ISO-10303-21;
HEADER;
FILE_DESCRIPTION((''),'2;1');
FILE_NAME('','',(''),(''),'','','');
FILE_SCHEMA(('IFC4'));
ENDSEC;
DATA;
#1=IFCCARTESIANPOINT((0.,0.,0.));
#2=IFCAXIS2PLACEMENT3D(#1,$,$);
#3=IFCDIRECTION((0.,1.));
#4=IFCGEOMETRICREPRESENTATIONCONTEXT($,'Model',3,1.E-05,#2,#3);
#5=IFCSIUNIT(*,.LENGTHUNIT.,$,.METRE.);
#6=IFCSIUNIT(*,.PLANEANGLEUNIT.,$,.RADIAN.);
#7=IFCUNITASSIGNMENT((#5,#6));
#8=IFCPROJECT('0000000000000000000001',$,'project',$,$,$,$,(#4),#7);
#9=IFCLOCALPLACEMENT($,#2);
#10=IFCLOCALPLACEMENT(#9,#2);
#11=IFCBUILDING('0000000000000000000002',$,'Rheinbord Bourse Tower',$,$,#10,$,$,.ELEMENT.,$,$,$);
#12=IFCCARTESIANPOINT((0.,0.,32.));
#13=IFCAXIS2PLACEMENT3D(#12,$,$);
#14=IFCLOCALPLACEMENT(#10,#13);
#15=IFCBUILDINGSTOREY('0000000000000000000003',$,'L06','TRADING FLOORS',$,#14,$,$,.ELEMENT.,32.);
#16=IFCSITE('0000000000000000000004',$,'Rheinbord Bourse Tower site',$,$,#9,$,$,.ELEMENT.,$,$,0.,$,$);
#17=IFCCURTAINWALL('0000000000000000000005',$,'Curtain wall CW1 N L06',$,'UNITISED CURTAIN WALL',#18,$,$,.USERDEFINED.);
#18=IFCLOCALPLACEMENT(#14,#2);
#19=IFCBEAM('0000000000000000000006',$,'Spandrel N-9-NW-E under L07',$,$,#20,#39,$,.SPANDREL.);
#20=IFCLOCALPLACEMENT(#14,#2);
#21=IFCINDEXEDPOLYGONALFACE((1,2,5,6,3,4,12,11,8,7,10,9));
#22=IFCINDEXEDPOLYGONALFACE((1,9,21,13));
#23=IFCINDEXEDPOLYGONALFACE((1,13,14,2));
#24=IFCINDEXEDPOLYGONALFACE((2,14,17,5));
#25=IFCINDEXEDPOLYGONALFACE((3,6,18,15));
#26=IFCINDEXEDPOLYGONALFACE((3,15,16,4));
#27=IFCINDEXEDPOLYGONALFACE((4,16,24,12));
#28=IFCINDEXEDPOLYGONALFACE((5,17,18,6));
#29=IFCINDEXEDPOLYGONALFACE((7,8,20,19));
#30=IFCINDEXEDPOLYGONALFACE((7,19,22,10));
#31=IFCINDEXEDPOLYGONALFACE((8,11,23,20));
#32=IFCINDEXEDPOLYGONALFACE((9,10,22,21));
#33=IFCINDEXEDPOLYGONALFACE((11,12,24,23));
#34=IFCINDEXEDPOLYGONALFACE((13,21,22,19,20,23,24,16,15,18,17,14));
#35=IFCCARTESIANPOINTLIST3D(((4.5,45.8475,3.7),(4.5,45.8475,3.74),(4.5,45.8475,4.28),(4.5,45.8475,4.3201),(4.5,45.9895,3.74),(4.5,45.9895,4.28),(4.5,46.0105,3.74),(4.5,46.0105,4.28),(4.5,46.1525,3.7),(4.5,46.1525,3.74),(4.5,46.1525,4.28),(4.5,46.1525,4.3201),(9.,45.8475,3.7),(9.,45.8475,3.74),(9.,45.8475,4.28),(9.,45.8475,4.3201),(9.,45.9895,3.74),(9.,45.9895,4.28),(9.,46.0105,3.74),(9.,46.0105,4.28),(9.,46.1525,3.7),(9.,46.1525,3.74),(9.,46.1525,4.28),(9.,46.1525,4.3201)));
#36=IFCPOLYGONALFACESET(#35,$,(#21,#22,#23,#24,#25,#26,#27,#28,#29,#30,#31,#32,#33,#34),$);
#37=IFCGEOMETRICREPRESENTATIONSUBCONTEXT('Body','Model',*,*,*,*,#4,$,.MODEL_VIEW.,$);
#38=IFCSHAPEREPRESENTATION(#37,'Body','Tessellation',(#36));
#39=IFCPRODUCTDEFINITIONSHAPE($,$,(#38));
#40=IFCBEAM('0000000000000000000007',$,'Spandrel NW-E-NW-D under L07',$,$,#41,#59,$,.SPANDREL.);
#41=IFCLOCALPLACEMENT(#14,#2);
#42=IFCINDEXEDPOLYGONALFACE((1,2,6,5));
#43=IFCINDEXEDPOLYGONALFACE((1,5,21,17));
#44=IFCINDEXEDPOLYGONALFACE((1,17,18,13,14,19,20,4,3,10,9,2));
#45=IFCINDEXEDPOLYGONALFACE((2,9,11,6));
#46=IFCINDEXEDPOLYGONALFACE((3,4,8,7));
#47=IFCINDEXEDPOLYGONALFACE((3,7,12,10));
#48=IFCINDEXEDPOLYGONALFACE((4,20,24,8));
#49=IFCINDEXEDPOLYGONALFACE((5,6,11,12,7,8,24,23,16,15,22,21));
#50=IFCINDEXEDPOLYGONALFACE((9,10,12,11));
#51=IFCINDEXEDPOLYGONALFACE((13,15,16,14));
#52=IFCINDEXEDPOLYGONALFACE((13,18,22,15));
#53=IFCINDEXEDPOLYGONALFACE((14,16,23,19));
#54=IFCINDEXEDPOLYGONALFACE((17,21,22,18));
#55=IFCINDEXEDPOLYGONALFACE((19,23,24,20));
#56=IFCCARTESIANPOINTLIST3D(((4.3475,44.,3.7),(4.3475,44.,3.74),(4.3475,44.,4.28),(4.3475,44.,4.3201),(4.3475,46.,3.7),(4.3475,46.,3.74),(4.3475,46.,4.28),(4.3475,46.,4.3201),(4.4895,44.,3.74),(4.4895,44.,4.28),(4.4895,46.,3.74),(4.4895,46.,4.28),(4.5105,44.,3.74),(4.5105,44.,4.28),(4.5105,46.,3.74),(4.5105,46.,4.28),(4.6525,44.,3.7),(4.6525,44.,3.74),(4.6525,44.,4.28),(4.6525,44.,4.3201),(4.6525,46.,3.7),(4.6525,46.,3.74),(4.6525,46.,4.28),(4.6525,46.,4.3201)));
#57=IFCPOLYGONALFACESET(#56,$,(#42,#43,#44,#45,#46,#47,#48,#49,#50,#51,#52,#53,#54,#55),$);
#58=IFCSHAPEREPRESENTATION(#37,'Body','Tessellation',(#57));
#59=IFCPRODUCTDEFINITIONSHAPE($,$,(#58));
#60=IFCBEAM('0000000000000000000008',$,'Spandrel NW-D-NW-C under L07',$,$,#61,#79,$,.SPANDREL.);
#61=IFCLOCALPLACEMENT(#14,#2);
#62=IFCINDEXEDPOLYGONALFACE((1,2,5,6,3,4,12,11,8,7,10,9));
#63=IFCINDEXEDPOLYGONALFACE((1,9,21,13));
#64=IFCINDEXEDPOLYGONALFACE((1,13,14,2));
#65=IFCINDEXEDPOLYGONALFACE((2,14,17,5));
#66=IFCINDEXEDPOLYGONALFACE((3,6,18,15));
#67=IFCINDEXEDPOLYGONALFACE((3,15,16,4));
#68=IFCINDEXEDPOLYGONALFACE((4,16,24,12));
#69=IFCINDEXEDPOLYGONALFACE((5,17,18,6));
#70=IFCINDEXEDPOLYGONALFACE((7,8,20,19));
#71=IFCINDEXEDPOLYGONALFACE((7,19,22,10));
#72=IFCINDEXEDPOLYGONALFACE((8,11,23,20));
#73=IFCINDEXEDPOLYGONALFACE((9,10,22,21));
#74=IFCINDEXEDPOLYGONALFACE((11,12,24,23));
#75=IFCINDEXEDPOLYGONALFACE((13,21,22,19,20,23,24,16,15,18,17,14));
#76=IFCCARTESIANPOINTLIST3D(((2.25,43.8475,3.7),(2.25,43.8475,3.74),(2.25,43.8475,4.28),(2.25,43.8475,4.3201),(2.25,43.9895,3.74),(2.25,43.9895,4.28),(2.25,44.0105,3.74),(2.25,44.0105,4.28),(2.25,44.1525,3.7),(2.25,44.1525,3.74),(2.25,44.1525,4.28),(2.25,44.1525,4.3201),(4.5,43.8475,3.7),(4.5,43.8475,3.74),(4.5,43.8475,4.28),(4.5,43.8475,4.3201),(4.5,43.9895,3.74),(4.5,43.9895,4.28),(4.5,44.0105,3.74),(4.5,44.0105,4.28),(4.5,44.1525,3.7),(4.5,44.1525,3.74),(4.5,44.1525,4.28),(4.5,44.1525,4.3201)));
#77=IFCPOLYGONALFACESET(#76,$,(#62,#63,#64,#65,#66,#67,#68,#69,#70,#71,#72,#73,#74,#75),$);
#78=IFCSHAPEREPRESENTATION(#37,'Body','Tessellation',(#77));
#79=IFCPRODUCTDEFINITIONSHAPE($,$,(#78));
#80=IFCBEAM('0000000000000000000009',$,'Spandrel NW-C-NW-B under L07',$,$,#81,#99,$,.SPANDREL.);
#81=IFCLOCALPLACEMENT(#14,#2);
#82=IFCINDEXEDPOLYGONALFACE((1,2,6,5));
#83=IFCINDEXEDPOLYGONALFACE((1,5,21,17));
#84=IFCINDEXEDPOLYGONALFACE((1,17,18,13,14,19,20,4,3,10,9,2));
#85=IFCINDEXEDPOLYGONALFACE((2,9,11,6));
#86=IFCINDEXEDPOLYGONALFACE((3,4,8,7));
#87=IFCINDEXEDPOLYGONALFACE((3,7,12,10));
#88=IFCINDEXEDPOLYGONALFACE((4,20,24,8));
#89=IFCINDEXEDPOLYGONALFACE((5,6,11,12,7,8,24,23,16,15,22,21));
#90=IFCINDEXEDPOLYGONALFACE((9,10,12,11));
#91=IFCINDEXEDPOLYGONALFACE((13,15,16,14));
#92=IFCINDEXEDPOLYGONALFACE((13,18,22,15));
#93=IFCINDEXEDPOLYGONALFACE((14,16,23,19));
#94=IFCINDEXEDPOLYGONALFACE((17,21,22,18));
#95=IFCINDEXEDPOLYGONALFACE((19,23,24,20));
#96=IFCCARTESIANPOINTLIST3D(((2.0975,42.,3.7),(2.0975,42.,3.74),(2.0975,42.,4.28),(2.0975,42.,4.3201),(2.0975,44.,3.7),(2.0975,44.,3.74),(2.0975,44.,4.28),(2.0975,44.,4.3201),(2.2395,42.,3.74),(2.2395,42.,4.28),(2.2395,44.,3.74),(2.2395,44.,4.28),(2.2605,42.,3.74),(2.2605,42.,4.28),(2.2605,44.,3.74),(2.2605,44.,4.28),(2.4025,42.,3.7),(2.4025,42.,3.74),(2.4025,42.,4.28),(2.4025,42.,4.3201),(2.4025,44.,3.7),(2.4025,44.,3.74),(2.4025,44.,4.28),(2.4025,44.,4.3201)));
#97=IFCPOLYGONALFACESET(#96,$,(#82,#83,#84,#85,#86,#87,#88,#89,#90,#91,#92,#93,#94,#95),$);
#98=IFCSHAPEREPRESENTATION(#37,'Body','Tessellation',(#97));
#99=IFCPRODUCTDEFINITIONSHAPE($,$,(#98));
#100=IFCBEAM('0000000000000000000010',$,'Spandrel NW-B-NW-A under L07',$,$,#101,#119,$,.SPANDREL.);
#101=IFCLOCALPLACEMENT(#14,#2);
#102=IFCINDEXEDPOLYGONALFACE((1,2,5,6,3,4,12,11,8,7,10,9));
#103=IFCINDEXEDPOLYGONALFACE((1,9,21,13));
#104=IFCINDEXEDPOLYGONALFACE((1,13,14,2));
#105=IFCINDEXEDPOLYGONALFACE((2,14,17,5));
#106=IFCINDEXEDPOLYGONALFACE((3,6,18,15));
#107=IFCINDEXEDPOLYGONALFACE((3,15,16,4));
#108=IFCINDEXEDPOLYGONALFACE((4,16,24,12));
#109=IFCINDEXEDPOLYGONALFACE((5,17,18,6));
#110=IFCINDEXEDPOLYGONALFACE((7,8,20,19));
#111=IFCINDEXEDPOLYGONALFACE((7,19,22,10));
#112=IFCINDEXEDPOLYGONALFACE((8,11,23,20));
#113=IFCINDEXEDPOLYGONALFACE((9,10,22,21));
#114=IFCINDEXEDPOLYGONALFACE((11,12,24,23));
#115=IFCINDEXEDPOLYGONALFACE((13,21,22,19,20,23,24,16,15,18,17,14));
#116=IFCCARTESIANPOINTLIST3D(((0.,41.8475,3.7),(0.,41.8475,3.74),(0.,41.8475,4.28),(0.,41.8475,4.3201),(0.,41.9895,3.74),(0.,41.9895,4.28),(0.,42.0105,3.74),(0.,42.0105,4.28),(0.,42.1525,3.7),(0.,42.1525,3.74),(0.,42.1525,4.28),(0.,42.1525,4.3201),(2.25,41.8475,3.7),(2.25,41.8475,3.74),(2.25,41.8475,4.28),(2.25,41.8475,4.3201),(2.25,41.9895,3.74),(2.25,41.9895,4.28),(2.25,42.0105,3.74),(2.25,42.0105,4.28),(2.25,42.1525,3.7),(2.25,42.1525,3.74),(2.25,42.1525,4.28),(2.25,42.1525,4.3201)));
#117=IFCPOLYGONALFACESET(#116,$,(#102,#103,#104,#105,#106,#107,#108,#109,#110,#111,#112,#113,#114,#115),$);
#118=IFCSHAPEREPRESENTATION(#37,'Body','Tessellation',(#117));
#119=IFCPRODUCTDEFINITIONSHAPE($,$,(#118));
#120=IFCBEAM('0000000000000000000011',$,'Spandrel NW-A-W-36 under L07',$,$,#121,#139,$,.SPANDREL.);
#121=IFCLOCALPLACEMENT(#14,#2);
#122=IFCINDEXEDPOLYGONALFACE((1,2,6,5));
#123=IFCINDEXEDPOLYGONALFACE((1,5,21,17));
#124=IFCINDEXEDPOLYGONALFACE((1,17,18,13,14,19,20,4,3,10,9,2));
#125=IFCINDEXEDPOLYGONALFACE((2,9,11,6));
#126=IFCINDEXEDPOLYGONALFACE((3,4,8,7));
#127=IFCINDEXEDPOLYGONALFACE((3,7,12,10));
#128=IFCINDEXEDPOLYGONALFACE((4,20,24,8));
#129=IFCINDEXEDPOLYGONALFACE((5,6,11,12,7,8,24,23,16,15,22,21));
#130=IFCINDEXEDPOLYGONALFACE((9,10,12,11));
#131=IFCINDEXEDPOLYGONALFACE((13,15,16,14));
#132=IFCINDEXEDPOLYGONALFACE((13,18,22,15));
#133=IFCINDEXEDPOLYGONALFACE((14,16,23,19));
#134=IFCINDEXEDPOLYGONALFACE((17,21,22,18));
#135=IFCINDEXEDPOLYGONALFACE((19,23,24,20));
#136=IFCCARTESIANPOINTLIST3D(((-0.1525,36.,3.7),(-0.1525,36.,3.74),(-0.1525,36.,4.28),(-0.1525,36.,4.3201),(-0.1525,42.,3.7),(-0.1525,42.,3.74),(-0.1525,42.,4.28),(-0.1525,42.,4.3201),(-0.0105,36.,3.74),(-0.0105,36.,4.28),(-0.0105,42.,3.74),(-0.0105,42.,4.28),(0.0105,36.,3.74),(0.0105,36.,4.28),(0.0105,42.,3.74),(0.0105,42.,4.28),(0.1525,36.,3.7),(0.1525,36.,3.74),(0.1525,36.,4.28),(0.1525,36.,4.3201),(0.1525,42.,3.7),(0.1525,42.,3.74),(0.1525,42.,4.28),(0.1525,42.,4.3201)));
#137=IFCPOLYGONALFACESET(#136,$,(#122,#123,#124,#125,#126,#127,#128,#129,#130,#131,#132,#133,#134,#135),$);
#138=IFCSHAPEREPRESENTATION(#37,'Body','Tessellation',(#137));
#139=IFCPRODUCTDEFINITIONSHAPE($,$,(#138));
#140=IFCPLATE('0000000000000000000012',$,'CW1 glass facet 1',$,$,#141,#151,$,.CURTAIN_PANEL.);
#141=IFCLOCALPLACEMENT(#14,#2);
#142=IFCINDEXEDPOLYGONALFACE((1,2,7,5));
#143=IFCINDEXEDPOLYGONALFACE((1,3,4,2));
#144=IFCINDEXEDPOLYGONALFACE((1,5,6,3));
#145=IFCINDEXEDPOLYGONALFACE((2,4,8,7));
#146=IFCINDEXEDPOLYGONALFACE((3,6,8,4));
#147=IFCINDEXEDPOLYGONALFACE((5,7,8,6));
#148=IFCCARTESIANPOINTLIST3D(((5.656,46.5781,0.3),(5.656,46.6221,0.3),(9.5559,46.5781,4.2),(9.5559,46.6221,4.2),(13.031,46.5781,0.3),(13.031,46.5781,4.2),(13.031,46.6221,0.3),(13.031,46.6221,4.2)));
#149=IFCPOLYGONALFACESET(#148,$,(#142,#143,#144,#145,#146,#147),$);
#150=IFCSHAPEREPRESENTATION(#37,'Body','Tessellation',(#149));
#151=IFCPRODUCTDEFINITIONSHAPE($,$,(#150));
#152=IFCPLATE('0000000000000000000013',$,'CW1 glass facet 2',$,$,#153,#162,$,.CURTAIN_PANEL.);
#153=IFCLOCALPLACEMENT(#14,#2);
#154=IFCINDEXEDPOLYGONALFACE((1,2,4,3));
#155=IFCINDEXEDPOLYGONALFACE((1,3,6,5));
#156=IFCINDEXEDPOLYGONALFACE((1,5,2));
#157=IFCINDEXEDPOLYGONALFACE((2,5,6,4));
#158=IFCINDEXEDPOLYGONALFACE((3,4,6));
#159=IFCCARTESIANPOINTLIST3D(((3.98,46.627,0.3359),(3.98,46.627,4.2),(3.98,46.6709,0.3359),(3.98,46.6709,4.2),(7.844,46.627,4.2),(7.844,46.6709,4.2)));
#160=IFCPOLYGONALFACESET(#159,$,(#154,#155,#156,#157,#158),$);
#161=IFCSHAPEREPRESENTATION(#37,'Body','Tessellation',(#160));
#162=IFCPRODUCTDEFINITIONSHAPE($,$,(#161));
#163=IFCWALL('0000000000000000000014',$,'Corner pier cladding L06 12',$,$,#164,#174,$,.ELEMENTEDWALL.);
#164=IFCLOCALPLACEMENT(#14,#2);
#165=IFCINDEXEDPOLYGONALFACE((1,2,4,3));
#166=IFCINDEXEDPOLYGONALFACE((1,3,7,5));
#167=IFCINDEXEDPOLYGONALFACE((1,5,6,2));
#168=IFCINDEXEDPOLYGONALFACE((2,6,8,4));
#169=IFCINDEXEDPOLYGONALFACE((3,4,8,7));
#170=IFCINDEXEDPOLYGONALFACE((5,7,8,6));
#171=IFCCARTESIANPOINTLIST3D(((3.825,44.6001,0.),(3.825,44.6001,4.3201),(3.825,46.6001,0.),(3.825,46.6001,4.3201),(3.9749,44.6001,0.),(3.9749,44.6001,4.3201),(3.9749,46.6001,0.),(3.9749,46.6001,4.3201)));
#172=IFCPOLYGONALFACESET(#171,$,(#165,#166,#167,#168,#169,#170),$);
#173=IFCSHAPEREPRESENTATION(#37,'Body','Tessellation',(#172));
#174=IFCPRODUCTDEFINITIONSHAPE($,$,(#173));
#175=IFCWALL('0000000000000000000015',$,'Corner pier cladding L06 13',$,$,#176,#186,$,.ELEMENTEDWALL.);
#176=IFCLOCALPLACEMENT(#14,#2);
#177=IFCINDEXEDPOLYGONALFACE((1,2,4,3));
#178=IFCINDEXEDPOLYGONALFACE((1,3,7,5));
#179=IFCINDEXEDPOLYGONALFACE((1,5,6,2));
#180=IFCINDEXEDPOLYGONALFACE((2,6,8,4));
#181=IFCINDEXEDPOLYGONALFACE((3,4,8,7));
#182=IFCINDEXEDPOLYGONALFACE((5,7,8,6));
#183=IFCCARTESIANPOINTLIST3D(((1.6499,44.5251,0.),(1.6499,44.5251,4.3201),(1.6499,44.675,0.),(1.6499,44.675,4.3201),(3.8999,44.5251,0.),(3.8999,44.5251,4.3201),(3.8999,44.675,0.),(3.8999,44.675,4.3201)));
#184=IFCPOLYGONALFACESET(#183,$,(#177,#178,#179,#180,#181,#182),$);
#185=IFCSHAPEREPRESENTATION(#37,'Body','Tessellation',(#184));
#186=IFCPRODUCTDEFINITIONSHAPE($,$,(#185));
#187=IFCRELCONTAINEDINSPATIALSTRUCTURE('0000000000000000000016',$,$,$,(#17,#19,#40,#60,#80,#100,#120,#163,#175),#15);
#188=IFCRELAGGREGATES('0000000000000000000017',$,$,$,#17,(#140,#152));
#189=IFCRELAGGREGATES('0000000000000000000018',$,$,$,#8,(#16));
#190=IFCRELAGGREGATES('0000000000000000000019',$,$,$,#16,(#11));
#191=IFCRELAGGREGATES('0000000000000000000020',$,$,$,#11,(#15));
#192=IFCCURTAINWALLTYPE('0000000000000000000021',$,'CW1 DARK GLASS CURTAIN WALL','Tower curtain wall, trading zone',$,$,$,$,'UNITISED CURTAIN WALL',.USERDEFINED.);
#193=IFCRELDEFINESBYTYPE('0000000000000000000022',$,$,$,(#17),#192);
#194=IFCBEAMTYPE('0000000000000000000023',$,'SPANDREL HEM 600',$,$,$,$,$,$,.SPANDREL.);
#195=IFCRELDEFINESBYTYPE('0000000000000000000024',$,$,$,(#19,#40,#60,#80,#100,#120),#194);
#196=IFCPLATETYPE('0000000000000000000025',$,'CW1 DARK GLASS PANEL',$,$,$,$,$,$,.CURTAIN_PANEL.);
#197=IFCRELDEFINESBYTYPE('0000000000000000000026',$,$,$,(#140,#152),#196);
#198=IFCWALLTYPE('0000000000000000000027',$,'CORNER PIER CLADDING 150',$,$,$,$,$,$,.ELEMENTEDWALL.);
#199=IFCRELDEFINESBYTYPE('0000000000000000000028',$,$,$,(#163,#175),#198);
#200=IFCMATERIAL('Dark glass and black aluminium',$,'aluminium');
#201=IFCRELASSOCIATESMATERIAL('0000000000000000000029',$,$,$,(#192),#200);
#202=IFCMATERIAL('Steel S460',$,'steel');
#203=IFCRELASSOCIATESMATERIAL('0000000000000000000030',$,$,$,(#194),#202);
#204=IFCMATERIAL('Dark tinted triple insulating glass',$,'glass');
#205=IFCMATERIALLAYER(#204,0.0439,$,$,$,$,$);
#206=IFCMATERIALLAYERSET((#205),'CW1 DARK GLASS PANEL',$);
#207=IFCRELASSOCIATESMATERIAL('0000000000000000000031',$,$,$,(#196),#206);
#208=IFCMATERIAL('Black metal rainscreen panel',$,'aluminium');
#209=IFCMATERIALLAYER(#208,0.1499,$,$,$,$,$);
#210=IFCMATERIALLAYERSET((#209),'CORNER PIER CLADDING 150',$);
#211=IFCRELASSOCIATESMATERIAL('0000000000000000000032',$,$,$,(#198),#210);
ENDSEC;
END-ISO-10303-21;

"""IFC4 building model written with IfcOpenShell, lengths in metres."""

from ifc_helpers import new_model, si_unit, direction, frame, frame_2d, origin, origin_2d, place, context, subcontext, project, spatial, polyline, rectangle, i_section, outline, extrude, material, layer, layer_set, material_profile, profile_set, type_object, element, aggregate, save


model = new_model("IFC4")

# Units and contexts
model_context = context("Model", 3, precision=1e-05, world=origin(), true_north=direction((0.0, 1.0)))
body_context = subcontext(model_context, "Body", "Model", "MODEL_VIEW")
ifc_project = project(units=[si_unit("LENGTHUNIT", "METRE"), si_unit("PLANEANGLEUNIT", "RADIAN")], contexts=[model_context])

# Site, building, storey
site_placement = place(None, origin())
site = spatial("IfcSite", under=ifc_project, at=site_placement, Name="Rheinbord Bourse Tower site", CompositionType="ELEMENT", RefElevation=0.0)
building_placement = place(site_placement, origin())
building = spatial("IfcBuilding", under=site, at=building_placement, Name="Rheinbord Bourse Tower", CompositionType="ELEMENT")
storey_placement = place(building_placement, frame((0.0, 0.0, 32.0)))
storey = spatial("IfcBuildingStorey", under=building, at=storey_placement, Name="L06", Description="TRADING FLOORS", CompositionType="ELEMENT", Elevation=32.0)

# Curtain wall
ifc_material_1 = material(Name="Dark glass and black aluminium", Category="aluminium")
curtain_wall_type = type_object("IfcCurtainWallType", Name="CW1 DARK GLASS CURTAIN WALL", Description="Tower curtain wall, trading zone", ElementType="UNITISED CURTAIN WALL", PredefinedType="USERDEFINED", material=ifc_material_1)
curtain_wall_1_placement = place(storey_placement, origin())
curtain_wall_1 = element("IfcCurtainWall", 1, at=curtain_wall_1_placement, inside=storey, type_object=curtain_wall_type, Name="Curtain wall CW1 N L06", ObjectType="UNITISED CURTAIN WALL", PredefinedType="USERDEFINED")

# Beams
ifc_material_2 = material(Name="Steel S460", Category="steel")
ifc_material_profile_1 = material_profile(ifc_material_2, i_section(OverallWidth=0.3049, OverallDepth=0.6201, WebThickness=0.021, FlangeThickness=0.04, at=origin_2d()), Name="HEM 600")
ifc_profile_set_1 = profile_set([ifc_material_profile_1], Name="Steel S460")
beam_type_1 = type_object("IfcBeamType", Name="SPANDREL HEM 600", PredefinedType="SPANDREL", material=ifc_profile_set_1)
for number, where, z_axis, x_axis, name in (
    (2, (9.0, 46.0, 4.01), (-1.0, 0.0, 0.0), (0.0, -1.0, 0.0), "Spandrel N-9-NW-E under L07"),
):
    element("IfcBeam", number, at=place(storey_placement, frame(where, z_axis=z_axis, x_axis=x_axis)), inside=storey, type_object=beam_type_1, Name=name, PredefinedType="SPANDREL", context=body_context, shape_type="SweptSolid", body=[
        extrude(i_section(OverallWidth=0.3049, OverallDepth=0.6201, WebThickness=0.021, FlangeThickness=0.04, at=origin_2d()), origin(), (0.0, 0.0, 1.0), 4.5),
    ])
beam_1_placement = place(storey_placement, frame((4.5, 46.0, 4.01), z_axis=(0.0, -1.0, 0.0), x_axis=(1.0, 0.0, 0.0)))
element("IfcBeam", 3, at=beam_1_placement, inside=storey, type_object=beam_type_1, Name="Spandrel NW-E-NW-D under L07", PredefinedType="SPANDREL", context=body_context, shape_type="SweptSolid", body=[
    extrude(i_section(OverallWidth=0.3049, OverallDepth=0.6201, WebThickness=0.021, FlangeThickness=0.04, at=origin_2d()), origin(), (0.0, 0.0, 1.0), 2.0),
])
beam_2_placement = place(storey_placement, frame((4.5, 44.0, 4.01), z_axis=(-1.0, 0.0, 0.0), x_axis=(0.0, -1.0, 0.0)))
element("IfcBeam", 4, at=beam_2_placement, inside=storey, type_object=beam_type_1, Name="Spandrel NW-D-NW-C under L07", PredefinedType="SPANDREL", context=body_context, shape_type="SweptSolid", body=[
    extrude(i_section(OverallWidth=0.3049, OverallDepth=0.6201, WebThickness=0.021, FlangeThickness=0.04, at=origin_2d()), origin(), (0.0, 0.0, 1.0), 2.25),
])
beam_3_placement = place(storey_placement, frame((2.25, 44.0, 4.01), z_axis=(0.0, -1.0, 0.0), x_axis=(1.0, 0.0, 0.0)))
element("IfcBeam", 5, at=beam_3_placement, inside=storey, type_object=beam_type_1, Name="Spandrel NW-C-NW-B under L07", PredefinedType="SPANDREL", context=body_context, shape_type="SweptSolid", body=[
    extrude(i_section(OverallWidth=0.3049, OverallDepth=0.6201, WebThickness=0.021, FlangeThickness=0.04, at=origin_2d()), origin(), (0.0, 0.0, 1.0), 2.0),
])
beam_4_placement = place(storey_placement, frame((2.25, 42.0, 4.01), z_axis=(-1.0, 0.0, 0.0), x_axis=(0.0, -1.0, 0.0)))
element("IfcBeam", 6, at=beam_4_placement, inside=storey, type_object=beam_type_1, Name="Spandrel NW-B-NW-A under L07", PredefinedType="SPANDREL", context=body_context, shape_type="SweptSolid", body=[
    extrude(i_section(OverallWidth=0.3049, OverallDepth=0.6201, WebThickness=0.021, FlangeThickness=0.04, at=origin_2d()), origin(), (0.0, 0.0, 1.0), 2.25),
])
beam_5_placement = place(storey_placement, frame((0.0, 42.0, 4.01), z_axis=(0.0, -1.0, 0.0), x_axis=(1.0, 0.0, 0.0)))
element("IfcBeam", 7, at=beam_5_placement, inside=storey, type_object=beam_type_1, Name="Spandrel NW-A-W-36 under L07", PredefinedType="SPANDREL", context=body_context, shape_type="SweptSolid", body=[
    extrude(i_section(OverallWidth=0.3049, OverallDepth=0.6201, WebThickness=0.021, FlangeThickness=0.04, at=origin_2d()), origin(), (0.0, 0.0, 1.0), 6.0),
])

# Plates
ifc_material_3 = material(Name="Dark tinted triple insulating glass", Category="glass")
ifc_layer_1 = layer(ifc_material_3, 0.0439)
ifc_layer_set_1 = layer_set([ifc_layer_1], Name="CW1 DARK GLASS PANEL")
plate_type = type_object("IfcPlateType", Name="CW1 DARK GLASS PANEL", PredefinedType="CURTAIN_PANEL", material=ifc_layer_set_1)
plate_1_placement = place(storey_placement, frame((13.031, 46.6221, 0.3), z_axis=(0.0, -1.0, 0.0), x_axis=(0.0, 0.0, 1.0)))
plate_1 = element("IfcPlate", 8, at=plate_1_placement, type_object=plate_type, Name="CW1 glass facet 1", PredefinedType="CURTAIN_PANEL", context=body_context, shape_type="SweptSolid", body=[
    extrude(outline(polyline([(0.0, 0.0), (3.8999, 0.0), (3.8999, 3.4751), (0.0, 7.375), (0.0, 0.0)])), origin(), (0.0, 0.0, 1.0), 0.0439),
])
plate_2_placement = place(storey_placement, frame((3.98, 46.6709, 4.2), z_axis=(0.0, -1.0, 0.0), x_axis=(0.0, 0.0, -1.0)))
plate_2 = element("IfcPlate", 9, at=plate_2_placement, type_object=plate_type, Name="CW1 glass facet 2", PredefinedType="CURTAIN_PANEL", context=body_context, shape_type="SweptSolid", body=[
    extrude(outline(polyline([(0.0, 0.0), (3.864, 0.0), (0.0, 3.864), (0.0, 0.0)])), origin(), (0.0, 0.0, 1.0), 0.0439),
])
aggregate(curtain_wall_1, [plate_1, plate_2])

# Walls
ifc_material_4 = material(Name="Black metal rainscreen panel", Category="aluminium")
ifc_layer_2 = layer(ifc_material_4, 0.1499)
ifc_layer_set_2 = layer_set([ifc_layer_2], Name="CORNER PIER CLADDING 150")
wall_type = type_object("IfcWallType", Name="CORNER PIER CLADDING 150", PredefinedType="ELEMENTEDWALL", material=ifc_layer_set_2)
wall_1_placement = place(storey_placement, frame((3.8999, 46.6001, 0.0), z_axis=(0.0, 0.0, 1.0), x_axis=(0.0, -1.0, 0.0)))
element("IfcWall", 10, at=wall_1_placement, inside=storey, type_object=wall_type, Name="Corner pier cladding L06 12", PredefinedType="ELEMENTEDWALL", context=body_context, shape_type="SweptSolid", body=[
    extrude(rectangle(XDim=2.0, YDim=0.1499, at=frame_2d((1.0, 0.0))), origin(), (0.0, 0.0, 1.0), 4.3201),
])
wall_2_placement = place(storey_placement, frame((3.8999, 44.6001, 0.0), z_axis=(0.0, 0.0, 1.0), x_axis=(-1.0, 0.0, 0.0)))
element("IfcWall", 11, at=wall_2_placement, inside=storey, type_object=wall_type, Name="Corner pier cladding L06 13", PredefinedType="ELEMENTEDWALL", context=body_context, shape_type="SweptSolid", body=[
    extrude(rectangle(XDim=2.25, YDim=0.1499, at=frame_2d((1.125, 0.0))), origin(), (0.0, 0.0, 1.0), 4.3201),
])

save(model, "model.ifc")
